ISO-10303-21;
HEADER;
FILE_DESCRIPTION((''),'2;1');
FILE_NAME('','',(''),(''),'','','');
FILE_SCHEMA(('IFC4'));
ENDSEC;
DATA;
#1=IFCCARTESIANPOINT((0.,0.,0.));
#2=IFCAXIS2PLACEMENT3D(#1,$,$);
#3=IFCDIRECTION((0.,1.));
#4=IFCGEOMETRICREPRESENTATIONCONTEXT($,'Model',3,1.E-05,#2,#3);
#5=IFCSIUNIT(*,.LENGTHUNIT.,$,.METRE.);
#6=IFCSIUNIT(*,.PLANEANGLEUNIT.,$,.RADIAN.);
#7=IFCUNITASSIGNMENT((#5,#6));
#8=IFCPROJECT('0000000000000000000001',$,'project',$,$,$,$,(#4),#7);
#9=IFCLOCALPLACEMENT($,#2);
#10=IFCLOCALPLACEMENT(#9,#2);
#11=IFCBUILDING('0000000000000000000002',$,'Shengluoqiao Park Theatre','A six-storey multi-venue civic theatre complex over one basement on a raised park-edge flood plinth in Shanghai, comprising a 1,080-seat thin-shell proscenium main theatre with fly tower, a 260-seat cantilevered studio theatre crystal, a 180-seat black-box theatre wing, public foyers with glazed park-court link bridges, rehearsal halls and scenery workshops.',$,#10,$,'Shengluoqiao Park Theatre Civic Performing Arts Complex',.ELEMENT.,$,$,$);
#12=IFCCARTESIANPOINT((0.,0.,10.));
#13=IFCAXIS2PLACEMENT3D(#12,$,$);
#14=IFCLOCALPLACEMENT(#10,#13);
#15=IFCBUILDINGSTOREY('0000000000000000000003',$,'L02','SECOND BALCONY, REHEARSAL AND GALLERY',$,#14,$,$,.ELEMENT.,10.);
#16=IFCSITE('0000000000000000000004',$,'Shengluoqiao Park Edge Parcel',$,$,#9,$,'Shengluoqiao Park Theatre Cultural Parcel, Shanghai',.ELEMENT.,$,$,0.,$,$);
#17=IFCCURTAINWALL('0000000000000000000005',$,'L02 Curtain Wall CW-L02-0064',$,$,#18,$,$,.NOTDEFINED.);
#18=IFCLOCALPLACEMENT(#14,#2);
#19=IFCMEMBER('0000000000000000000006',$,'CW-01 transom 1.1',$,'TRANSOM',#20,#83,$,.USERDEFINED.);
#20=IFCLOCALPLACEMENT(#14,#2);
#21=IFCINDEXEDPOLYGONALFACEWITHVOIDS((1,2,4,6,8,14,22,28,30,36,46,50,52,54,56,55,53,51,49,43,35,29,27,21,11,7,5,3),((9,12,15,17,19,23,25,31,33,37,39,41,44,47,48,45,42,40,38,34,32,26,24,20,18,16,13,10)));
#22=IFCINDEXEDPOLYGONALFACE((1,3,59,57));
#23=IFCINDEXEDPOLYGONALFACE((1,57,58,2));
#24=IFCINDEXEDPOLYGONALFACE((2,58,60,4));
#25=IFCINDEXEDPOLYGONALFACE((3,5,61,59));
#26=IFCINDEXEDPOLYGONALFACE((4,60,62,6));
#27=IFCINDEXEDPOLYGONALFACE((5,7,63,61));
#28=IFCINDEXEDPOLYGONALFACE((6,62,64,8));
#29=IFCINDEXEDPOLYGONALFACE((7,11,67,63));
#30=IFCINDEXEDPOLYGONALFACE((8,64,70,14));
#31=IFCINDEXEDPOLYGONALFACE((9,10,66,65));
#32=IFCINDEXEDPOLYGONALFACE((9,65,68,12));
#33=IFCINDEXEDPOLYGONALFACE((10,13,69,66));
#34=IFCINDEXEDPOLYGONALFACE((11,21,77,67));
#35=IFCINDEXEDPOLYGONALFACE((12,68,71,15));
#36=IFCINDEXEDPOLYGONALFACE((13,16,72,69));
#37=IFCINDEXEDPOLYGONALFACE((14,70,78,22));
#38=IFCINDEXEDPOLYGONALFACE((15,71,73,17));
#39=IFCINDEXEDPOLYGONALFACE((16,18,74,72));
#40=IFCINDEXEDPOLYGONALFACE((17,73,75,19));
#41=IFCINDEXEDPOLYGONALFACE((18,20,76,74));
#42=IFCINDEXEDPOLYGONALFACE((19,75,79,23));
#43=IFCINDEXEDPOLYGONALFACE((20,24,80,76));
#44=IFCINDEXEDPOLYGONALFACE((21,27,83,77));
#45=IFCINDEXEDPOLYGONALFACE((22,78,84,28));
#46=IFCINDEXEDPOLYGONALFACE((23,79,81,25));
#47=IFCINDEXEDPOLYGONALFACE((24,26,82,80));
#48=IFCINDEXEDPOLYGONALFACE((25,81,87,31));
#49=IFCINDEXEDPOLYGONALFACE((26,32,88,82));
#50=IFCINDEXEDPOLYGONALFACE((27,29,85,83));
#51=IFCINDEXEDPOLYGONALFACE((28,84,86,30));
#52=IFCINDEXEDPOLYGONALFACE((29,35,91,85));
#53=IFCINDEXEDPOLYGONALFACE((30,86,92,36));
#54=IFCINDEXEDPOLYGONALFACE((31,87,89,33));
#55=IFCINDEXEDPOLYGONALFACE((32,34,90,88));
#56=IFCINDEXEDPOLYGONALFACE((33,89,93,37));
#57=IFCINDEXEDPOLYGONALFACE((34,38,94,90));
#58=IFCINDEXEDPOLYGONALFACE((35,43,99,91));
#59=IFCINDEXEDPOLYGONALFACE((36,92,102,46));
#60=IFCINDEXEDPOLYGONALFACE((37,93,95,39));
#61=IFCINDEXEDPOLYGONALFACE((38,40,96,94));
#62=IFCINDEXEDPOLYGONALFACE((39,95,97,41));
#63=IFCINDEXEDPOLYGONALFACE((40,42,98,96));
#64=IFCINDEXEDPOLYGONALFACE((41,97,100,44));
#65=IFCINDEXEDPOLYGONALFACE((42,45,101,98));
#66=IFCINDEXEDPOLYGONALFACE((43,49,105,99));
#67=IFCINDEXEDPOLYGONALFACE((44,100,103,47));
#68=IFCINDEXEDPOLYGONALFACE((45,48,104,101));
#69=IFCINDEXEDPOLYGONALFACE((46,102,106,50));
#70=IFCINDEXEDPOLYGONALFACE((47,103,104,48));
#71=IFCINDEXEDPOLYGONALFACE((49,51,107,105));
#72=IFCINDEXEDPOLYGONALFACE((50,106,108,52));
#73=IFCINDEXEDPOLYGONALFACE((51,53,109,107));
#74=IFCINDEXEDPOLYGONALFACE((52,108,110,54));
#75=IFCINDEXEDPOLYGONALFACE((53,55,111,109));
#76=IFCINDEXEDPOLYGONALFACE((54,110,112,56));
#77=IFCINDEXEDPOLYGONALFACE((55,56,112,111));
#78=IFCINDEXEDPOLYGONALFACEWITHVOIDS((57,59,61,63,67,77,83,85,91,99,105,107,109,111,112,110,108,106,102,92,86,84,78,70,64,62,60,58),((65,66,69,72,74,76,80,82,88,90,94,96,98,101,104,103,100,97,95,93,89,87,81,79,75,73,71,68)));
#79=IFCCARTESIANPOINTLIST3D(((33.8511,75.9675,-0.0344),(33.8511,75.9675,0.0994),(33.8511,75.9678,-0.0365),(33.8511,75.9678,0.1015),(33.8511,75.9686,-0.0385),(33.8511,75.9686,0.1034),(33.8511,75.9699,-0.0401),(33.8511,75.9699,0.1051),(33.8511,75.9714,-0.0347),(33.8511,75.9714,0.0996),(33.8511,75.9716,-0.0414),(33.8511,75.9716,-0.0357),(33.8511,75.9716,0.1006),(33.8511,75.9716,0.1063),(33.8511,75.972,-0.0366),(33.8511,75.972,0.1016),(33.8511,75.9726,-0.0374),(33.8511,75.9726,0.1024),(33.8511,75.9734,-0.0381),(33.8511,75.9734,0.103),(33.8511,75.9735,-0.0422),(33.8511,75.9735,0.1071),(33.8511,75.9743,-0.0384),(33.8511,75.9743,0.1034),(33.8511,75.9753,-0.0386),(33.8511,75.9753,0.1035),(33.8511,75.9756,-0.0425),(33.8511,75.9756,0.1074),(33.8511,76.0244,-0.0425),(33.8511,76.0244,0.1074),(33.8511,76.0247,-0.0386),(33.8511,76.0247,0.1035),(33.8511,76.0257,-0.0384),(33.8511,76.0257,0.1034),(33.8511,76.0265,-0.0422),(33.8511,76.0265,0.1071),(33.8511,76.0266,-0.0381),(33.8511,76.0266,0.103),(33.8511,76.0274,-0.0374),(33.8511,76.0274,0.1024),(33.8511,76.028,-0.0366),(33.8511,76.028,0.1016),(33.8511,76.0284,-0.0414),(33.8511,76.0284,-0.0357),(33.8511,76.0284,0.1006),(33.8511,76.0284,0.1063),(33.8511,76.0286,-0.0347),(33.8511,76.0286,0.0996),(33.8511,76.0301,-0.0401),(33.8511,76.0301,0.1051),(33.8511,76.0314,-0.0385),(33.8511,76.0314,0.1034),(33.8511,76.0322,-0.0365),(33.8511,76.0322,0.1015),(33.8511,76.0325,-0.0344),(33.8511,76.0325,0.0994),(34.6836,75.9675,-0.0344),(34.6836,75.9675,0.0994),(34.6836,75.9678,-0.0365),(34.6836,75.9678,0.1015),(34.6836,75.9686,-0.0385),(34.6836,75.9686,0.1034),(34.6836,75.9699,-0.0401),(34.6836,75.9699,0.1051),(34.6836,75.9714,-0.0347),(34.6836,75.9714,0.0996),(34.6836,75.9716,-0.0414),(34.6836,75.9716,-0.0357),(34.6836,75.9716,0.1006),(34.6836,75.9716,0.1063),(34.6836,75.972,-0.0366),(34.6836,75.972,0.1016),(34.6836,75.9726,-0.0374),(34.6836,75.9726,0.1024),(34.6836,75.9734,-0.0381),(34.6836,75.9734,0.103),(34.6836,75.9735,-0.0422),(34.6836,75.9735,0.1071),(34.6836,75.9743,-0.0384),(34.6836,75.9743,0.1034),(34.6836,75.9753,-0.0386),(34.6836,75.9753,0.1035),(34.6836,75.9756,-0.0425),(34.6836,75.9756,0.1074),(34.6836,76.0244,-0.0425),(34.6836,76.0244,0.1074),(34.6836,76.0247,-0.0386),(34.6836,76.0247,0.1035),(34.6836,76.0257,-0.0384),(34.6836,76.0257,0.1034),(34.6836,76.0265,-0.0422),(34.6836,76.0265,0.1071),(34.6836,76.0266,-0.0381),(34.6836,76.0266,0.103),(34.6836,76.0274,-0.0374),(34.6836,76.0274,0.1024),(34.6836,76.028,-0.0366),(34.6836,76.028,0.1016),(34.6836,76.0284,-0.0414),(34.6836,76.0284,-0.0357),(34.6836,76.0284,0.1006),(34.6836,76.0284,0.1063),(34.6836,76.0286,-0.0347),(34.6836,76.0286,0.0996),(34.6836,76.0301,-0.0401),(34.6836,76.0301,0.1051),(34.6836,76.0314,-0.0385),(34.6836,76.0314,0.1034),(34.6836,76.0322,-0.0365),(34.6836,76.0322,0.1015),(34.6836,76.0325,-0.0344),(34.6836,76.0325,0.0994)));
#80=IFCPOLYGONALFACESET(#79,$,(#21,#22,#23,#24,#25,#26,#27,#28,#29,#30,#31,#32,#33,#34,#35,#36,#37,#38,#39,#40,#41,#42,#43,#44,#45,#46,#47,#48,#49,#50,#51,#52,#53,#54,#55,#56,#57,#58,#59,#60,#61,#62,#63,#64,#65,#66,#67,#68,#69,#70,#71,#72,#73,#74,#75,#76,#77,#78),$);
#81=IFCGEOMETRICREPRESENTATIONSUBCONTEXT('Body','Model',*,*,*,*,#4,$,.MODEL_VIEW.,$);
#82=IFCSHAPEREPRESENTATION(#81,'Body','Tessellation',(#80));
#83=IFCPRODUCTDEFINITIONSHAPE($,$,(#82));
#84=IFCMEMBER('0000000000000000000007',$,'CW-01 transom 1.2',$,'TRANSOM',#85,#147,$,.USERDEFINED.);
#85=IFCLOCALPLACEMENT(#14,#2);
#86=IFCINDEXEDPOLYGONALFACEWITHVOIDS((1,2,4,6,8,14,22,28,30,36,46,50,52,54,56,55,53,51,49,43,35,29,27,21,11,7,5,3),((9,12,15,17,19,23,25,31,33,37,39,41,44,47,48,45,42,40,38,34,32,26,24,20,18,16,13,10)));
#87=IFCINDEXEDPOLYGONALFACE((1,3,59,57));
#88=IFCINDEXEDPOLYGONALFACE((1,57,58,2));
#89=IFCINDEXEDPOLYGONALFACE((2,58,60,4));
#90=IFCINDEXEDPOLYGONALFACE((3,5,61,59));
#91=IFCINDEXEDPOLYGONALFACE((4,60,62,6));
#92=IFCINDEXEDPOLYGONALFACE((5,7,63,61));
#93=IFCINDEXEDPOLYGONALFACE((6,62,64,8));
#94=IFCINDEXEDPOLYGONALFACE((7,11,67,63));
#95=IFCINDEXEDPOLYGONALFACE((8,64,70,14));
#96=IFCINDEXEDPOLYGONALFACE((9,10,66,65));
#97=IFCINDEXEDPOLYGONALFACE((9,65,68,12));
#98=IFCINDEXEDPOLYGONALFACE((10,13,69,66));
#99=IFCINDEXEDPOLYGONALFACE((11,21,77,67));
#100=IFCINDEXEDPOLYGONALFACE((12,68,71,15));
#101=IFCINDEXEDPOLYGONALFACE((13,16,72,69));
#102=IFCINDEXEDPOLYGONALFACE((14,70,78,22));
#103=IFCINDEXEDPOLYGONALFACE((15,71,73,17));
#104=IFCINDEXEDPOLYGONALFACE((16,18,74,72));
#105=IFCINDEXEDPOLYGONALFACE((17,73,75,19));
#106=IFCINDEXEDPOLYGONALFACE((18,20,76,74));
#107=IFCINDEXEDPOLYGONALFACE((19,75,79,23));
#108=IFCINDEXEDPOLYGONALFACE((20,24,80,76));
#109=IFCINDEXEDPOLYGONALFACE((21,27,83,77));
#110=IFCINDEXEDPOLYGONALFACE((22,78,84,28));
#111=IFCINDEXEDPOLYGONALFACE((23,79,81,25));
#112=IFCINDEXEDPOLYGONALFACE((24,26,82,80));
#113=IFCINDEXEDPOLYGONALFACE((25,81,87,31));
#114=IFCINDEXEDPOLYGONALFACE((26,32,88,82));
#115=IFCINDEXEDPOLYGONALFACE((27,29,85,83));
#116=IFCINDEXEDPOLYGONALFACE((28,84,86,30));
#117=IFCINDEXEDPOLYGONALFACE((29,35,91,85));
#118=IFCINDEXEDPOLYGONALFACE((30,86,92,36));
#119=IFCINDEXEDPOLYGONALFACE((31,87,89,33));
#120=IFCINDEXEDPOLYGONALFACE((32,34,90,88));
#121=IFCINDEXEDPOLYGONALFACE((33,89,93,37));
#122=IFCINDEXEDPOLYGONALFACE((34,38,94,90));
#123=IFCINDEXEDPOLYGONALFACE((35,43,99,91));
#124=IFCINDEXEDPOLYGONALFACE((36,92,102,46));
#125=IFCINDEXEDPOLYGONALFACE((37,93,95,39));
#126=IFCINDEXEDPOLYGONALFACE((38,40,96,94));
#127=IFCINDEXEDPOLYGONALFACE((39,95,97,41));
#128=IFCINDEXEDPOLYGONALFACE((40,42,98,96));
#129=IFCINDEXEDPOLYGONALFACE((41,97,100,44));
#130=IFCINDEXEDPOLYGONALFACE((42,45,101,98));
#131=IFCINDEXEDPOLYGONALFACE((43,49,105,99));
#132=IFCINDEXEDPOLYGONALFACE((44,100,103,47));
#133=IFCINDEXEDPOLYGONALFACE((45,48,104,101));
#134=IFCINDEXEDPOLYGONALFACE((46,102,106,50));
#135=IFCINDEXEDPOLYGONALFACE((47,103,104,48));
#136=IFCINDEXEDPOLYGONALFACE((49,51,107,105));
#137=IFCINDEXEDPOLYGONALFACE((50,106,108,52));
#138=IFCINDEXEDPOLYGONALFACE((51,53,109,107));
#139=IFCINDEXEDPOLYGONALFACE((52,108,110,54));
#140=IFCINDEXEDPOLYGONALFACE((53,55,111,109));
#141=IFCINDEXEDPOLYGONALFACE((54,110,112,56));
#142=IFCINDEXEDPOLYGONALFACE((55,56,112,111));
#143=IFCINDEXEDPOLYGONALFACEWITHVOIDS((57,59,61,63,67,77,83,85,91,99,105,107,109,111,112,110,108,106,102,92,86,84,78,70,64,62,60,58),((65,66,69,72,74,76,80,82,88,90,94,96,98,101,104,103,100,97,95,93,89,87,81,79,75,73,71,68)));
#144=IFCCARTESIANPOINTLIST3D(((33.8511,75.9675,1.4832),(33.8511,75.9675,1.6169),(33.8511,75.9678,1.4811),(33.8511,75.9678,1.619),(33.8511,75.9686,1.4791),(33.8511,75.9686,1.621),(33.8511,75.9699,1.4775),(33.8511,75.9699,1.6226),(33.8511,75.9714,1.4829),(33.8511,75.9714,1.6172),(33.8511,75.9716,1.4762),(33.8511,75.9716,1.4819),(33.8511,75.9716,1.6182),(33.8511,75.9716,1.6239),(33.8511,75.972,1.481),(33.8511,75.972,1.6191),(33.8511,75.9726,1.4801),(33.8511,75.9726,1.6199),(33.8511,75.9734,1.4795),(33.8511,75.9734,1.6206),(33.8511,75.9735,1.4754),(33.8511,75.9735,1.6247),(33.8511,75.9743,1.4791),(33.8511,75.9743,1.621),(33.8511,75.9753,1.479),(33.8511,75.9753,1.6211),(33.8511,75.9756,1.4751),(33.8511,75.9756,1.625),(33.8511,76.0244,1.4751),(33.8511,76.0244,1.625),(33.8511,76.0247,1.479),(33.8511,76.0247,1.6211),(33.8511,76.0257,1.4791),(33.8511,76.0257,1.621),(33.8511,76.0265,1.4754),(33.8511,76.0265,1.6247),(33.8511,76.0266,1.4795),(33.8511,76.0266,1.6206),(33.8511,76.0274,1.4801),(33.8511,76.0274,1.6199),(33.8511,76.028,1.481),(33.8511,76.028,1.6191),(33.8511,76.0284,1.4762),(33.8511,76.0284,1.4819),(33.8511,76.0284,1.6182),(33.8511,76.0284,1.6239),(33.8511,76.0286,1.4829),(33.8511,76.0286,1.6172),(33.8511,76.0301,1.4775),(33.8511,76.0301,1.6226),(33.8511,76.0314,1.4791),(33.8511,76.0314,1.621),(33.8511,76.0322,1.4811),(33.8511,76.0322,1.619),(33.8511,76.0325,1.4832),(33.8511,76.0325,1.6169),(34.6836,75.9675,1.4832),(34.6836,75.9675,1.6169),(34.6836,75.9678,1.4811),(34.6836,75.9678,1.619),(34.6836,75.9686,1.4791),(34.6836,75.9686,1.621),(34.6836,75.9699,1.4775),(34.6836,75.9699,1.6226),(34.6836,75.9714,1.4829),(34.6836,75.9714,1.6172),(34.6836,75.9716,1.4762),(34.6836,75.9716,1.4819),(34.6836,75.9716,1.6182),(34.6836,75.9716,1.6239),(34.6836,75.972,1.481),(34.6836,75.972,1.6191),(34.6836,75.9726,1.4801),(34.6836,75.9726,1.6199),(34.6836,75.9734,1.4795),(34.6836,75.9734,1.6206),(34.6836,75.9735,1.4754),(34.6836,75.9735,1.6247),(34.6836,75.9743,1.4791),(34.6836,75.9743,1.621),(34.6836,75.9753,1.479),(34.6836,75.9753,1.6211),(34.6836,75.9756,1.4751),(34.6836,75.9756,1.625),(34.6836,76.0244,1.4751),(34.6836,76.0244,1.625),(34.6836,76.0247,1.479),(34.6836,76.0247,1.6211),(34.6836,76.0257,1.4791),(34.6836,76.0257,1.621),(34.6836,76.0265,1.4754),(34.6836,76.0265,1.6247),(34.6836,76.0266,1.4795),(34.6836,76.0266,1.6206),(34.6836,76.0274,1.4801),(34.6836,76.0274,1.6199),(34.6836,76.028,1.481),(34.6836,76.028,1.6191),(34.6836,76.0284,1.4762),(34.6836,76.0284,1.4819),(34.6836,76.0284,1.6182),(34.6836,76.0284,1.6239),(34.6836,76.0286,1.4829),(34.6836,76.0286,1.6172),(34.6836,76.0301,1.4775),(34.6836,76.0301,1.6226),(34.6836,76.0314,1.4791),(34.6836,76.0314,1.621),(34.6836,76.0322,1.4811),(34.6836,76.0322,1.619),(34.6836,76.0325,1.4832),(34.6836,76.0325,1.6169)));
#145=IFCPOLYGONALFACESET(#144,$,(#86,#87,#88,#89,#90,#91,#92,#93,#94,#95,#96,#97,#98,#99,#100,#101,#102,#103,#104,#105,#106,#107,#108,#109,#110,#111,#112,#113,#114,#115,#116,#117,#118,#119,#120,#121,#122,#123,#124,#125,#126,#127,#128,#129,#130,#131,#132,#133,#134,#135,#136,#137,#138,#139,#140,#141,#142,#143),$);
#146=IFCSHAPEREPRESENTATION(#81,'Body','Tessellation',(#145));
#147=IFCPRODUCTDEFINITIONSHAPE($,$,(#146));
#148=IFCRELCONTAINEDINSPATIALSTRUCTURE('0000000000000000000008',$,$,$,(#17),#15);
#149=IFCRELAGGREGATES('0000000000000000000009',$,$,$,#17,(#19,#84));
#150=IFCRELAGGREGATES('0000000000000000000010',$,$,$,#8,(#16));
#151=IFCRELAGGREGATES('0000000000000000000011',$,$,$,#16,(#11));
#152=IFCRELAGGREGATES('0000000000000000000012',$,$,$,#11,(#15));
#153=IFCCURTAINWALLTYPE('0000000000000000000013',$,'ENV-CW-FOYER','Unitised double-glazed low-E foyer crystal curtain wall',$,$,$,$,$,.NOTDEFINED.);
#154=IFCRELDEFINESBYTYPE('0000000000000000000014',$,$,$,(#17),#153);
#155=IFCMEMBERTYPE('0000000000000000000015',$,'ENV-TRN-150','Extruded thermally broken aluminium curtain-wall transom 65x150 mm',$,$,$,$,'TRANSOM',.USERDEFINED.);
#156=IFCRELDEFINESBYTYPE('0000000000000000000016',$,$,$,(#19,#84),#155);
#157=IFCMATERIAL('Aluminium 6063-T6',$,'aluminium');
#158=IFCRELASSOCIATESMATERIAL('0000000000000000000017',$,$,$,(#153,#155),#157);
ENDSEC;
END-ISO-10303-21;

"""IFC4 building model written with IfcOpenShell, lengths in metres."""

from ifc_helpers import new_model, si_unit, direction, frame, origin, origin_2d, place, context, subcontext, project, spatial, hollow_rectangle, extrude, material, material_profile, profile_set, type_object, element, aggregate, save


model = new_model("IFC4")

# Units and contexts
model_context = context("Model", 3, precision=1e-05, world=origin(), true_north=direction((0.0, 1.0)))
body_context = subcontext(model_context, "Body", "Model", "MODEL_VIEW")
ifc_project = project(units=[si_unit("LENGTHUNIT", "METRE"), si_unit("PLANEANGLEUNIT", "RADIAN")], contexts=[model_context])

# Site, building, storey
site_placement = place(None, origin())
site = spatial("IfcSite", under=ifc_project, at=site_placement, Name="Shengluoqiao Park Edge Parcel", LongName="Shengluoqiao Park Theatre Cultural Parcel, Shanghai", CompositionType="ELEMENT", RefElevation=0.0)
building_placement = place(site_placement, origin())
building = spatial("IfcBuilding", under=site, at=building_placement, Name="Shengluoqiao Park Theatre", Description="A six-storey multi-venue civic theatre complex over one basement on a raised park-edge flood plinth in Shanghai, comprising a 1,080-seat thin-shell proscenium main theatre with fly tower, a 260-seat cantilevered studio theatre crystal, a 180-seat black-box theatre wing, public foyers with glazed park-court link bridges, rehearsal halls and scenery workshops.", LongName="Shengluoqiao Park Theatre Civic Performing Arts Complex", CompositionType="ELEMENT")
storey_placement = place(building_placement, frame((0.0, 0.0, 10.0)))
storey = spatial("IfcBuildingStorey", under=building, at=storey_placement, Name="L02", Description="SECOND BALCONY, REHEARSAL AND GALLERY", CompositionType="ELEMENT", Elevation=10.0)

# Curtain wall
ifc_material_1 = material(Name="Aluminium 6063-T6", Category="aluminium")
curtain_wall_type = type_object("IfcCurtainWallType", Name="ENV-CW-FOYER", Description="Unitised double-glazed low-E foyer crystal curtain wall", PredefinedType="NOTDEFINED", material=ifc_material_1)
curtain_wall_1_placement = place(storey_placement, origin())
curtain_wall_1 = element("IfcCurtainWall", 1, at=curtain_wall_1_placement, inside=storey, type_object=curtain_wall_type, Name="L02 Curtain Wall CW-L02-0064", PredefinedType="NOTDEFINED")

# Members
ifc_material_profile_1 = material_profile(ifc_material_1, hollow_rectangle(XDim=0.0649, YDim=0.1499, WallThickness=0.0039, InnerFilletRadius=0.0039, OuterFilletRadius=0.0081, at=origin_2d()), Name="ALU TRANSOM 150x65x4")
ifc_profile_set_1 = profile_set([ifc_material_profile_1], Name="Aluminium 6063-T6")
member_type_1 = type_object("IfcMemberType", Name="ENV-TRN-150", Description="Extruded thermally broken aluminium curtain-wall transom 65x150 mm", ElementType="TRANSOM", PredefinedType="USERDEFINED", material=ifc_profile_set_1)
member_1_placement = place(storey_placement, frame((33.8511, 76.0, 0.0325), z_axis=(1.0, 0.0, 0.0), x_axis=(0.0, 1.0, 0.0)))
member_1 = element("IfcMember", 2, at=member_1_placement, type_object=member_type_1, Name="CW-01 transom 1.1", ObjectType="TRANSOM", PredefinedType="USERDEFINED", context=body_context, shape_type="SweptSolid", body=[
    extrude(hollow_rectangle(XDim=0.0649, YDim=0.1499, WallThickness=0.0039, InnerFilletRadius=0.0039, OuterFilletRadius=0.0081, at=origin_2d()), origin(), (0.0, 0.0, 1.0), 0.8325),
])
member_2_placement = place(storey_placement, frame((33.8511, 76.0, 1.55), z_axis=(1.0, 0.0, 0.0), x_axis=(0.0, 1.0, 0.0)))
member_2 = element("IfcMember", 3, at=member_2_placement, type_object=member_type_1, Name="CW-01 transom 1.2", ObjectType="TRANSOM", PredefinedType="USERDEFINED", context=body_context, shape_type="SweptSolid", body=[
    extrude(hollow_rectangle(XDim=0.0649, YDim=0.1499, WallThickness=0.0039, InnerFilletRadius=0.0039, OuterFilletRadius=0.0081, at=origin_2d()), origin(), (0.0, 0.0, 1.0), 0.8325),
])

aggregate(curtain_wall_1, [member_1, member_2])

save(model, "model.ifc")
